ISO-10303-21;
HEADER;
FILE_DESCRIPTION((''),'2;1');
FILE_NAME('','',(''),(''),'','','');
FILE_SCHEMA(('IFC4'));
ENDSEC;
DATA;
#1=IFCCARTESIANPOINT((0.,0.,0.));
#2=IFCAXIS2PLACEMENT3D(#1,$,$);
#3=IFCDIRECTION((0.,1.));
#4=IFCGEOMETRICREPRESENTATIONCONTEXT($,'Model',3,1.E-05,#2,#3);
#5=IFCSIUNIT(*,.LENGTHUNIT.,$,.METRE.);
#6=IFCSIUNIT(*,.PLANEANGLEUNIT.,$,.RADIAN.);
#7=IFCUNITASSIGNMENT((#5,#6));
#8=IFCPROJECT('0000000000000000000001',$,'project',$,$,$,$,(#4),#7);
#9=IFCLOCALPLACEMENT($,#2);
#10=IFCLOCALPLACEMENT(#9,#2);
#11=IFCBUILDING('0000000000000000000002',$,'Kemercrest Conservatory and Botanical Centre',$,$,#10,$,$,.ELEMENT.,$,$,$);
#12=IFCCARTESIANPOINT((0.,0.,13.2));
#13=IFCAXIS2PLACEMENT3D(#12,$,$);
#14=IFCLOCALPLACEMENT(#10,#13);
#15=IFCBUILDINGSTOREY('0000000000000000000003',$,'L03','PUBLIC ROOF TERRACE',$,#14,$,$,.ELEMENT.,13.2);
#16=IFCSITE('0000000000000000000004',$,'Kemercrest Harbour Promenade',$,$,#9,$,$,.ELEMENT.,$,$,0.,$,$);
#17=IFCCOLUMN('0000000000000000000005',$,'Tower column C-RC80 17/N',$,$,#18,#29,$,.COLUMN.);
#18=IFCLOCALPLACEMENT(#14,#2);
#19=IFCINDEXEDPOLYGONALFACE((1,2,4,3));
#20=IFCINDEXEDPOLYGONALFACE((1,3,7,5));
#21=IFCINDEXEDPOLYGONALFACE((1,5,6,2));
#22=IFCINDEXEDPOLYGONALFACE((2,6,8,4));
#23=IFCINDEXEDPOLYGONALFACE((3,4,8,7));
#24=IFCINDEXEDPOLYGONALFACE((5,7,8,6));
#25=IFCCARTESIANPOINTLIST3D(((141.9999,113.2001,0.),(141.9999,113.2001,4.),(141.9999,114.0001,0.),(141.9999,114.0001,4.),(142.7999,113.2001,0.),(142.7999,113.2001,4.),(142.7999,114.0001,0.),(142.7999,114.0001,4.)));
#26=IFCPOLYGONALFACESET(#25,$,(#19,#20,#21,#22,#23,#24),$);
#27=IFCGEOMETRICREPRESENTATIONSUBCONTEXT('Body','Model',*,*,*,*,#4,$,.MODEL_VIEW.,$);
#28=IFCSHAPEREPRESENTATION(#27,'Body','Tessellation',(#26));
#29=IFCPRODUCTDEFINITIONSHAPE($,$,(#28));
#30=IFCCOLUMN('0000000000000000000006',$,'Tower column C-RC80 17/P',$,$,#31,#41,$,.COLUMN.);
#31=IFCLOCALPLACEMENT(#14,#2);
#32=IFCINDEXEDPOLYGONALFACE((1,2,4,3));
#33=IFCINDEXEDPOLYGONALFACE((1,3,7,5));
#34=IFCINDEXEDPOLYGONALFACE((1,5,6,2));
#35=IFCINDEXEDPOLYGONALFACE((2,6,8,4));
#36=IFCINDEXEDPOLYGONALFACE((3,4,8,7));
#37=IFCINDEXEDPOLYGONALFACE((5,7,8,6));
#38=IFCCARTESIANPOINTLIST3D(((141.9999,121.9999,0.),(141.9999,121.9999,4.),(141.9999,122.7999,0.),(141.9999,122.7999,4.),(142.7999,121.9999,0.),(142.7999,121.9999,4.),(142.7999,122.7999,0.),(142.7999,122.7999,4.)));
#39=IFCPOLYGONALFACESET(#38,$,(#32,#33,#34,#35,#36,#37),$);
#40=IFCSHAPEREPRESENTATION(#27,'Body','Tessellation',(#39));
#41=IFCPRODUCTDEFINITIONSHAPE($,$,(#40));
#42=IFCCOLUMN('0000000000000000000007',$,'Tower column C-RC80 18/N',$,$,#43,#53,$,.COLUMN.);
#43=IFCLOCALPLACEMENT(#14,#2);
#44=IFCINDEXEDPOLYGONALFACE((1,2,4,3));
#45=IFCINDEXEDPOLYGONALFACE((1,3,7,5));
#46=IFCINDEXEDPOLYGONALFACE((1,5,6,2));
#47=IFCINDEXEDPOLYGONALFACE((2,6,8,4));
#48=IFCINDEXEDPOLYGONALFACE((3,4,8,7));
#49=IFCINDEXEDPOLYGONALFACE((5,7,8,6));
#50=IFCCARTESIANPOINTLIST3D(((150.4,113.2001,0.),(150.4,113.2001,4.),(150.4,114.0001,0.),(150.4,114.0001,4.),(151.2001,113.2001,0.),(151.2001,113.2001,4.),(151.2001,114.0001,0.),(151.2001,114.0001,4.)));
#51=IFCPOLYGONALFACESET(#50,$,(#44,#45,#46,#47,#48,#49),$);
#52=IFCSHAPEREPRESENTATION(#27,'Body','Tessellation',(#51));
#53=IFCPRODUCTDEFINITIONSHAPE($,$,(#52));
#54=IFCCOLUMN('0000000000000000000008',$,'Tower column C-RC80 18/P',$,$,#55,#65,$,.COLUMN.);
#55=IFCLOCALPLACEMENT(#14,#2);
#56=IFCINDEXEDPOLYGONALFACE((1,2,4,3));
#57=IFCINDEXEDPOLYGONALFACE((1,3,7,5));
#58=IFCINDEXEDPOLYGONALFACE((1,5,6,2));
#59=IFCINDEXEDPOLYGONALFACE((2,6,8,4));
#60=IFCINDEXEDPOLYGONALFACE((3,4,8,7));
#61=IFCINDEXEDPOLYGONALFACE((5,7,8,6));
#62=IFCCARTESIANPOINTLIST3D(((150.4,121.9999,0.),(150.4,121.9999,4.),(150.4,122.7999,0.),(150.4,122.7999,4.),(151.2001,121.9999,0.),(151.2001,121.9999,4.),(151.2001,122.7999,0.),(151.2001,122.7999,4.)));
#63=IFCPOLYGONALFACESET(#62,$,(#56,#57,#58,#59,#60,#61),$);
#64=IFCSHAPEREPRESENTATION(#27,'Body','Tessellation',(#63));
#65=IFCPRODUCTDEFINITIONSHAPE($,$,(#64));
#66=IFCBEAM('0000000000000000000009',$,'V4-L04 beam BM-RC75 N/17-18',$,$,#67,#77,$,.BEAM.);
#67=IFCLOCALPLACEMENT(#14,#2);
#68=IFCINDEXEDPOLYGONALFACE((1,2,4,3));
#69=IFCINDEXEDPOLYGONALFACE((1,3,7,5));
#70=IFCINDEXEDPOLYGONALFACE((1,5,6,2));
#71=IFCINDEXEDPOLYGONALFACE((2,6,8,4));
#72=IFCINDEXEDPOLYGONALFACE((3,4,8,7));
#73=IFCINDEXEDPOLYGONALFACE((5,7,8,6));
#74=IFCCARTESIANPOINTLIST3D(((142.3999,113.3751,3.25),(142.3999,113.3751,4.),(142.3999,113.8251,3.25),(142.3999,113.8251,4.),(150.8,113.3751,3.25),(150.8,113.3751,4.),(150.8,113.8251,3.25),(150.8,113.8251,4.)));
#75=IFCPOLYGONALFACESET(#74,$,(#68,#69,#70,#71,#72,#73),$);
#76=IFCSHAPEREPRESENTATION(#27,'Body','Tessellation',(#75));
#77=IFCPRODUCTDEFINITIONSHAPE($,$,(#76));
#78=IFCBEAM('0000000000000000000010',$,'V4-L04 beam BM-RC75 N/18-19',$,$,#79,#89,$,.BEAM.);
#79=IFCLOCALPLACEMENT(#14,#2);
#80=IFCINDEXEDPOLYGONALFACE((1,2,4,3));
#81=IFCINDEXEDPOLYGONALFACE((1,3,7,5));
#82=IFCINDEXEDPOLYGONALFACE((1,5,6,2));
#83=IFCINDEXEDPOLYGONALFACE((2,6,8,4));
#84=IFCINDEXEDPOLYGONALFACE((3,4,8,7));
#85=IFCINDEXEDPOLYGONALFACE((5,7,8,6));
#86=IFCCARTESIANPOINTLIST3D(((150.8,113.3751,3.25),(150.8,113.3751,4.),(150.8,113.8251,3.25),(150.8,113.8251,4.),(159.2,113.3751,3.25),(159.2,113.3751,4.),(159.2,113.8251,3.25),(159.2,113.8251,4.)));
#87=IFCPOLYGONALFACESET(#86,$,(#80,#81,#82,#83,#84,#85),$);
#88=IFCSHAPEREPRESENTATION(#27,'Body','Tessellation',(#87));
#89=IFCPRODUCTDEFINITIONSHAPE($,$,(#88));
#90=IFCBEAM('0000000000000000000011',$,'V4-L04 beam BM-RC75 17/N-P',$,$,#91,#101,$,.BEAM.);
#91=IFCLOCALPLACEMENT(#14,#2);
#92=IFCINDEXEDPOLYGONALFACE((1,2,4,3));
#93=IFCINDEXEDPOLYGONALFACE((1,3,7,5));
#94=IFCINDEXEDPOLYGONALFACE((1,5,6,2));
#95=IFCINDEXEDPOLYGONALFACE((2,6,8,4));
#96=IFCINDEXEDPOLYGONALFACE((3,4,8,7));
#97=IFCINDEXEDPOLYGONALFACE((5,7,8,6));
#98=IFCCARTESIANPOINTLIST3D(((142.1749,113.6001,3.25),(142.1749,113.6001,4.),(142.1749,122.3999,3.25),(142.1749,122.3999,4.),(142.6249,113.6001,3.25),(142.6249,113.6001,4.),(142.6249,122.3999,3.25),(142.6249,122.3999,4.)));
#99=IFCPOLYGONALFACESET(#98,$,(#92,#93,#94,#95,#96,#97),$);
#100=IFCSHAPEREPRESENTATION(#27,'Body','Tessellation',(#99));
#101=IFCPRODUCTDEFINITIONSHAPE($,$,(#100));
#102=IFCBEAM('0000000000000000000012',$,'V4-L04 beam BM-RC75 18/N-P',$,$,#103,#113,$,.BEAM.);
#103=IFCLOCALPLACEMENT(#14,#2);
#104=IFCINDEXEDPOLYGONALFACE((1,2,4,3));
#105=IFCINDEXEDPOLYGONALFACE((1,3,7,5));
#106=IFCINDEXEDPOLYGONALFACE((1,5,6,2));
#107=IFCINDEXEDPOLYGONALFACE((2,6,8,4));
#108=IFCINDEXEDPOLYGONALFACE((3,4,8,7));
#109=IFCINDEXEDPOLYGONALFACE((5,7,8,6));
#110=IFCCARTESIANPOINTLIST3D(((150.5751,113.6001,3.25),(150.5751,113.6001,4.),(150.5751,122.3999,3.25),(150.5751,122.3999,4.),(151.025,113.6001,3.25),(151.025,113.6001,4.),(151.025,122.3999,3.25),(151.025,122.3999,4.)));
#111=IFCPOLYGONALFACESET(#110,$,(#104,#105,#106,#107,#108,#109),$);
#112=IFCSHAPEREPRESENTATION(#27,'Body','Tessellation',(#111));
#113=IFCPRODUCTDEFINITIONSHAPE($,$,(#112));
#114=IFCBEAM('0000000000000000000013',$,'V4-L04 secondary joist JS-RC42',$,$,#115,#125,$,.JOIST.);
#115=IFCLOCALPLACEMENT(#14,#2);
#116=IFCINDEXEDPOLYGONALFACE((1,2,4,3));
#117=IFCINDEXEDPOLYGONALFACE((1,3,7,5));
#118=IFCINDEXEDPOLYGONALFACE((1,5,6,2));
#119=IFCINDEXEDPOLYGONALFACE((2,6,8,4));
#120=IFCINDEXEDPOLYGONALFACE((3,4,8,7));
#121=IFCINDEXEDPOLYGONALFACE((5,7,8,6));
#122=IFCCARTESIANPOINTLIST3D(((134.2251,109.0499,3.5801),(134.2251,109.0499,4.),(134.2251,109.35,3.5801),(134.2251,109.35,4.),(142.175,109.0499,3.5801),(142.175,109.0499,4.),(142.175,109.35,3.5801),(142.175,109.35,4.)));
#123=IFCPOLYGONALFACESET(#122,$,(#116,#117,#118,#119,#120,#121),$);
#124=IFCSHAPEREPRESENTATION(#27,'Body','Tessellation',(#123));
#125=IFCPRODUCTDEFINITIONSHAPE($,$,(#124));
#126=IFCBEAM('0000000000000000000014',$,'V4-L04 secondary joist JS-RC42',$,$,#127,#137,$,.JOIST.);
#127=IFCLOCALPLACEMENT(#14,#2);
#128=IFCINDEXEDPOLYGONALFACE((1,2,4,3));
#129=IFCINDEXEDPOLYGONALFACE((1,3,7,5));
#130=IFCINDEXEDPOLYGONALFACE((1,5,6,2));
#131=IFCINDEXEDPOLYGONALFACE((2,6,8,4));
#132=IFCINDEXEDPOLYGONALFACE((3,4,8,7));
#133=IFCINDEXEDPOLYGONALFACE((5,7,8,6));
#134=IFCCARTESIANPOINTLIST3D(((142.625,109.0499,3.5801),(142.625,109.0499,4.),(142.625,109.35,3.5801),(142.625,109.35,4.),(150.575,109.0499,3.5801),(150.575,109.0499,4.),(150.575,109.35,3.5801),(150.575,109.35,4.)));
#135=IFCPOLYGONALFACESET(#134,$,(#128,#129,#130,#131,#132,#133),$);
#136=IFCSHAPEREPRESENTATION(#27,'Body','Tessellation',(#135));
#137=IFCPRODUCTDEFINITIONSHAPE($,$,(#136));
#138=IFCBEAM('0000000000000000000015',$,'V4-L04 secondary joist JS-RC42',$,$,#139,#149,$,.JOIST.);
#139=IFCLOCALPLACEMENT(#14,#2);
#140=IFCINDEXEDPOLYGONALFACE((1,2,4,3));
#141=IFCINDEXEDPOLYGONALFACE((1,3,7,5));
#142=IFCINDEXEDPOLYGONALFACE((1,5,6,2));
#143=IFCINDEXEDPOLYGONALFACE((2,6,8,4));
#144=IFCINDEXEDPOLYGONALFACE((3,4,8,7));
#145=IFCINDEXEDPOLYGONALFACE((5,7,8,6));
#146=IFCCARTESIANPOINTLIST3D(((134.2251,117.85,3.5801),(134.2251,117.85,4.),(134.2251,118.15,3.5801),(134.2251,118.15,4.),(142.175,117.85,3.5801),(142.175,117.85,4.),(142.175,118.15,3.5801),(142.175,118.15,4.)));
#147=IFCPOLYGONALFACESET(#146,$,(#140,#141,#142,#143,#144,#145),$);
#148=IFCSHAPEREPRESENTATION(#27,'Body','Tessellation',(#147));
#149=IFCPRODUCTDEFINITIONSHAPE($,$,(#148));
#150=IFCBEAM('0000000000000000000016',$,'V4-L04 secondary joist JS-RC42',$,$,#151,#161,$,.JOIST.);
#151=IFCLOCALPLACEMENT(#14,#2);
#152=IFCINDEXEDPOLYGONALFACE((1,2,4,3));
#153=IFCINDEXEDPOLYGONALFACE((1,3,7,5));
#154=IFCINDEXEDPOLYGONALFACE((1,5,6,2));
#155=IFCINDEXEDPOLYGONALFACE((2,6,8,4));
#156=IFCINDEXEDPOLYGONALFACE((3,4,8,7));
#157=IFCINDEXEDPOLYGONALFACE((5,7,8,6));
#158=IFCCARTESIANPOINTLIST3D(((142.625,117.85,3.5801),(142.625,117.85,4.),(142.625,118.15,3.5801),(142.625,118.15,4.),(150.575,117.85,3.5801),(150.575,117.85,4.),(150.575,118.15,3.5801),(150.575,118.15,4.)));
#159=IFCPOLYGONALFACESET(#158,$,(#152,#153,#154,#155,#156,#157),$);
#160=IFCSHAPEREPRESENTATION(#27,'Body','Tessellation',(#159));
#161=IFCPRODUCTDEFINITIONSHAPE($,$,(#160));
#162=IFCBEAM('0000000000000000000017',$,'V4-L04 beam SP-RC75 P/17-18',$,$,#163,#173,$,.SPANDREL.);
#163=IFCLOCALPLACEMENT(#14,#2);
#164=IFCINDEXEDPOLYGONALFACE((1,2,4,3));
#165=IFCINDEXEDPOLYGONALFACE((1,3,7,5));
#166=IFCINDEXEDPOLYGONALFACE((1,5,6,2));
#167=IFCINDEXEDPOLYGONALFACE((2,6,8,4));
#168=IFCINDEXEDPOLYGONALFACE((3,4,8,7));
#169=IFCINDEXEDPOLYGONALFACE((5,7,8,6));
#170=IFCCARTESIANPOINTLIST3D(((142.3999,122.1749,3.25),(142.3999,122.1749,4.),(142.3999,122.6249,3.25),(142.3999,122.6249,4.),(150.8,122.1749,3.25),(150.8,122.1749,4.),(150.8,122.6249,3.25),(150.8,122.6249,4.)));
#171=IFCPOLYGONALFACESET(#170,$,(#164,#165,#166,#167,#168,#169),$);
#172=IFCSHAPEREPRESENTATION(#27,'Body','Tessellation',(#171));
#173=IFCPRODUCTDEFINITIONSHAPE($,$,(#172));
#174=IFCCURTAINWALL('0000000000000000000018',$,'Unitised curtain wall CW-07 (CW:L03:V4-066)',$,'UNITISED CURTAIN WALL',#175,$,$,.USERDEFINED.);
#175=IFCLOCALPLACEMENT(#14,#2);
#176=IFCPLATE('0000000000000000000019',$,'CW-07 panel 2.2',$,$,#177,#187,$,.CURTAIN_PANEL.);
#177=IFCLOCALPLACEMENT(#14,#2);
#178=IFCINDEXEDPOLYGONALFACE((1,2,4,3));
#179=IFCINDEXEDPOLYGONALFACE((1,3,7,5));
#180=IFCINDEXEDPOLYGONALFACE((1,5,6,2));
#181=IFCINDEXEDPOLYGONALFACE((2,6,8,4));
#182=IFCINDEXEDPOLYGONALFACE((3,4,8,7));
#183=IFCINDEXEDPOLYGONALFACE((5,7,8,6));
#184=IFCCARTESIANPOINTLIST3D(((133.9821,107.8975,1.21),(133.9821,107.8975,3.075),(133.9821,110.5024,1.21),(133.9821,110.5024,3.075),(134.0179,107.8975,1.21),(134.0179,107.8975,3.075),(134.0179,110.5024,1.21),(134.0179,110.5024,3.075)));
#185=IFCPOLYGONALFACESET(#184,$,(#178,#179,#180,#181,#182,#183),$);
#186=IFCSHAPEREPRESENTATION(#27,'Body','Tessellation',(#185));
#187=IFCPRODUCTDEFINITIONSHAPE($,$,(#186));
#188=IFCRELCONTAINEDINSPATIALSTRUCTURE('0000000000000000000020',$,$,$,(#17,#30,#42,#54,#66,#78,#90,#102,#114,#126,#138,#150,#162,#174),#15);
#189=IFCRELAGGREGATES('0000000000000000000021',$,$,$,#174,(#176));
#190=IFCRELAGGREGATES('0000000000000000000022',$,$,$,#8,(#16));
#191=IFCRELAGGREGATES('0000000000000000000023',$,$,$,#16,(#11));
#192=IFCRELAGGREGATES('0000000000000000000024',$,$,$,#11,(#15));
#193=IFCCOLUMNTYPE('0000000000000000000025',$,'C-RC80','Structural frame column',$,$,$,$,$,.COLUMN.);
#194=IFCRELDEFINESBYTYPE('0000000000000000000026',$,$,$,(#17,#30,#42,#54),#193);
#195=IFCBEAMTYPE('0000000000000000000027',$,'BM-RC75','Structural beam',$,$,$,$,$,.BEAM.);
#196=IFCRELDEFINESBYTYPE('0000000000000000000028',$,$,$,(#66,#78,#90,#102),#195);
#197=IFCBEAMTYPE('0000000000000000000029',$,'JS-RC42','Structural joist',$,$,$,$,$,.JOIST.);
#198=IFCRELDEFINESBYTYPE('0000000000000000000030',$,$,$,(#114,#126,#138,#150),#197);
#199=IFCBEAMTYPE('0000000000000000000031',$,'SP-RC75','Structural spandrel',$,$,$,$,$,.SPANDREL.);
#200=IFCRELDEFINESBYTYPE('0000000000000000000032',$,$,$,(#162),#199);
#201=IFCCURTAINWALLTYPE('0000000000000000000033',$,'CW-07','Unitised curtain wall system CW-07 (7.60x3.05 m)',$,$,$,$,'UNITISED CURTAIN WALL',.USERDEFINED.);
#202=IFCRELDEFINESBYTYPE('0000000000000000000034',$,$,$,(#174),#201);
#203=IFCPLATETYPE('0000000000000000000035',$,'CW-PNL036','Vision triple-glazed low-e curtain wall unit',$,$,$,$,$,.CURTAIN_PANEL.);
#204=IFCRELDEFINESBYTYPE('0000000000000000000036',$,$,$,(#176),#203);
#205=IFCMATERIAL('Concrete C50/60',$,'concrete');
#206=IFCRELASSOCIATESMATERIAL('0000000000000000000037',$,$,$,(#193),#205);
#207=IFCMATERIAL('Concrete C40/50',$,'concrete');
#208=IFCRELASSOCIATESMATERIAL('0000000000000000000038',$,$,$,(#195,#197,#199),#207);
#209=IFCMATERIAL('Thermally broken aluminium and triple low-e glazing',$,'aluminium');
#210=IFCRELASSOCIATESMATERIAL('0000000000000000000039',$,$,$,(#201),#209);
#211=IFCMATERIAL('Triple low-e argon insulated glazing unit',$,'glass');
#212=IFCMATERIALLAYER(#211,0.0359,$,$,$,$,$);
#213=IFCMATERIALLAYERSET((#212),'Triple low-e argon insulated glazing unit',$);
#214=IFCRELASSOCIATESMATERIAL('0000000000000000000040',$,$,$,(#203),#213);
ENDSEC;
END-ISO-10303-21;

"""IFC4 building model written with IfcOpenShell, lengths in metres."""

from ifc_helpers import new_model, si_unit, direction, frame, origin, origin_2d, place, context, subcontext, project, spatial, rectangle, extrude, material, layer, layer_set, material_profile, profile_set, type_object, element, aggregate, save


model = new_model("IFC4")

# Units and contexts
model_context = context("Model", 3, precision=1e-05, world=origin(), true_north=direction((0.0, 1.0)))
body_context = subcontext(model_context, "Body", "Model", "MODEL_VIEW")
ifc_project = project(units=[si_unit("LENGTHUNIT", "METRE"), si_unit("PLANEANGLEUNIT", "RADIAN")], contexts=[model_context])

# Site, building, storey
site_placement = place(None, origin())
site = spatial("IfcSite", under=ifc_project, at=site_placement, Name="Kemercrest Harbour Promenade", CompositionType="ELEMENT", RefElevation=0.0)
building_placement = place(site_placement, origin())
building = spatial("IfcBuilding", under=site, at=building_placement, Name="Kemercrest Conservatory and Botanical Centre", CompositionType="ELEMENT")
storey_placement = place(building_placement, frame((0.0, 0.0, 13.2)))
storey = spatial("IfcBuildingStorey", under=building, at=storey_placement, Name="L03", Description="PUBLIC ROOF TERRACE", CompositionType="ELEMENT", Elevation=13.2)

# Columns
ifc_material_1 = material(Name="Concrete C50/60", Category="concrete")
ifc_material_profile_1 = material_profile(ifc_material_1, rectangle(XDim=0.8, YDim=0.8, at=origin_2d()), Name="RC 800x800")
ifc_profile_set_1 = profile_set([ifc_material_profile_1], Name="Concrete C50/60")
column_type = type_object("IfcColumnType", Name="C-RC80", Description="Structural frame column", PredefinedType="COLUMN", material=ifc_profile_set_1)
for number, where, z_axis, x_axis, name in (
    (1, (142.3999, 113.6001, 0.0), (0.0, 0.0, 1.0), (1.0, 0.0, 0.0), "Tower column C-RC80 17/N"),
    (2, (142.3999, 122.3999, 0.0), (0.0, 0.0, 1.0), (1.0, 0.0, 0.0), "Tower column C-RC80 17/P"),
    (3, (150.8, 113.6001, 0.0), (0.0, 0.0, 1.0), (1.0, 0.0, 0.0), "Tower column C-RC80 18/N"),
    (4, (150.8, 122.3999, 0.0), (0.0, 0.0, 1.0), (1.0, 0.0, 0.0), "Tower column C-RC80 18/P"),
):
    element("IfcColumn", number, at=place(storey_placement, frame(where, z_axis=z_axis, x_axis=x_axis)), inside=storey, type_object=column_type, Name=name, PredefinedType="COLUMN", context=body_context, shape_type="SweptSolid", body=[
        extrude(rectangle(XDim=0.8, YDim=0.8, at=origin_2d()), origin(), (0.0, 0.0, 1.0), 4.0),
    ])

# Beams
ifc_material_2 = material(Name="Concrete C40/50", Category="concrete")
ifc_material_profile_2 = material_profile(ifc_material_2, rectangle(XDim=0.45, YDim=0.75, at=origin_2d()), Name="RC 450x750")
ifc_profile_set_2 = profile_set([ifc_material_profile_2], Name="Concrete C40/50")
beam_type_1 = type_object("IfcBeamType", Name="BM-RC75", Description="Structural beam", PredefinedType="BEAM", material=ifc_profile_set_2)
beam_1_placement = place(storey_placement, frame((142.3999, 113.6001, 3.625), z_axis=(1.0, 0.0, 0.0), x_axis=(0.0, 1.0, 0.0)))
element("IfcBeam", 5, at=beam_1_placement, inside=storey, type_object=beam_type_1, Name="V4-L04 beam BM-RC75 N/17-18", PredefinedType="BEAM", context=body_context, shape_type="SweptSolid", body=[
    extrude(rectangle(XDim=0.45, YDim=0.75, at=origin_2d()), origin(), (0.0, 0.0, 1.0), 8.4001),
])
beam_2_placement = place(storey_placement, frame((150.8, 113.6001, 3.625), z_axis=(1.0, 0.0, 0.0), x_axis=(0.0, 1.0, 0.0)))
element("IfcBeam", 6, at=beam_2_placement, inside=storey, type_object=beam_type_1, Name="V4-L04 beam BM-RC75 N/18-19", PredefinedType="BEAM", context=body_context, shape_type="SweptSolid", body=[
    extrude(rectangle(XDim=0.45, YDim=0.75, at=origin_2d()), origin(), (0.0, 0.0, 1.0), 8.3999),
])
for number, where, z_axis, x_axis, name in (
    (7, (142.3999, 113.6001, 3.625), (0.0, 1.0, 0.0), (-1.0, 0.0, 0.0), "V4-L04 beam BM-RC75 17/N-P"),
    (8, (150.8, 113.6001, 3.625), (0.0, 1.0, 0.0), (-1.0, 0.0, 0.0), "V4-L04 beam BM-RC75 18/N-P"),
):
    element("IfcBeam", number, at=place(storey_placement, frame(where, z_axis=z_axis, x_axis=x_axis)), inside=storey, type_object=beam_type_1, Name=name, PredefinedType="BEAM", context=body_context, shape_type="SweptSolid", body=[
        extrude(rectangle(XDim=0.45, YDim=0.75, at=origin_2d()), origin(), (0.0, 0.0, 1.0), 8.7998),
    ])
ifc_material_profile_3 = material_profile(ifc_material_2, rectangle(XDim=0.3, YDim=0.4199, at=origin_2d()), Name="RC 300x420")
ifc_profile_set_3 = profile_set([ifc_material_profile_3], Name="Concrete C40/50")
beam_type_2 = type_object("IfcBeamType", Name="JS-RC42", Description="Structural joist", PredefinedType="JOIST", material=ifc_profile_set_3)
for number, where, z_axis, x_axis, name in (
    (9, (134.2251, 109.2, 3.79), (1.0, 0.0, 0.0), (0.0, 1.0, 0.0), "V4-L04 secondary joist JS-RC42"),
    (10, (142.625, 109.2, 3.79), (1.0, 0.0, 0.0), (0.0, 1.0, 0.0), "V4-L04 secondary joist JS-RC42"),
    (11, (134.2251, 118.0, 3.79), (1.0, 0.0, 0.0), (0.0, 1.0, 0.0), "V4-L04 secondary joist JS-RC42"),
    (12, (142.625, 118.0, 3.79), (1.0, 0.0, 0.0), (0.0, 1.0, 0.0), "V4-L04 secondary joist JS-RC42"),
):
    element("IfcBeam", number, at=place(storey_placement, frame(where, z_axis=z_axis, x_axis=x_axis)), inside=storey, type_object=beam_type_2, Name=name, PredefinedType="JOIST", context=body_context, shape_type="SweptSolid", body=[
        extrude(rectangle(XDim=0.3, YDim=0.4199, at=origin_2d()), origin(), (0.0, 0.0, 1.0), 7.95),
    ])
ifc_material_profile_4 = material_profile(ifc_material_2, rectangle(XDim=0.45, YDim=0.75, at=origin_2d()), Name="RC 450x750")
ifc_profile_set_4 = profile_set([ifc_material_profile_4], Name="Concrete C40/50")
beam_type_3 = type_object("IfcBeamType", Name="SP-RC75", Description="Structural spandrel", PredefinedType="SPANDREL", material=ifc_profile_set_4)
beam_3_placement = place(storey_placement, frame((142.3999, 122.3999, 3.625), z_axis=(1.0, 0.0, 0.0), x_axis=(0.0, 1.0, 0.0)))
element("IfcBeam", 13, at=beam_3_placement, inside=storey, type_object=beam_type_3, Name="V4-L04 beam SP-RC75 P/17-18", PredefinedType="SPANDREL", context=body_context, shape_type="SweptSolid", body=[
    extrude(rectangle(XDim=0.45, YDim=0.75, at=origin_2d()), origin(), (0.0, 0.0, 1.0), 8.4001),
])

# Curtain wall, plate
ifc_material_3 = material(Name="Thermally broken aluminium and triple low-e glazing", Category="aluminium")
curtain_wall_type = type_object("IfcCurtainWallType", Name="CW-07", Description="Unitised curtain wall system CW-07 (7.60x3.05 m)", ElementType="UNITISED CURTAIN WALL", PredefinedType="USERDEFINED", material=ifc_material_3)
curtain_wall_placement = place(storey_placement, origin())
curtain_wall = element("IfcCurtainWall", 14, at=curtain_wall_placement, inside=storey, type_object=curtain_wall_type, Name="Unitised curtain wall CW-07 (CW:L03:V4-066)", ObjectType="UNITISED CURTAIN WALL", PredefinedType="USERDEFINED")
ifc_material_4 = material(Name="Triple low-e argon insulated glazing unit", Category="glass")
ifc_layer_1 = layer(ifc_material_4, 0.0359)
ifc_layer_set_1 = layer_set([ifc_layer_1], Name="Triple low-e argon insulated glazing unit")
plate_type = type_object("IfcPlateType", Name="CW-PNL036", Description="Vision triple-glazed low-e curtain wall unit", PredefinedType="CURTAIN_PANEL", material=ifc_layer_set_1)
plate_placement = place(storey_placement, frame((134.0, 109.2, 1.21), z_axis=(0.0, 0.0, 1.0), x_axis=(0.0, -1.0, 0.0)))
plate = element("IfcPlate", 15, at=plate_placement, type_object=plate_type, Name="CW-07 panel 2.2", PredefinedType="CURTAIN_PANEL", context=body_context, shape_type="SweptSolid", body=[
    extrude(rectangle(XDim=2.605, YDim=0.0359, at=origin_2d()), origin(), (0.0, 0.0, 1.0), 1.865),
])
aggregate(curtain_wall, [plate])

save(model, "model.ifc")
